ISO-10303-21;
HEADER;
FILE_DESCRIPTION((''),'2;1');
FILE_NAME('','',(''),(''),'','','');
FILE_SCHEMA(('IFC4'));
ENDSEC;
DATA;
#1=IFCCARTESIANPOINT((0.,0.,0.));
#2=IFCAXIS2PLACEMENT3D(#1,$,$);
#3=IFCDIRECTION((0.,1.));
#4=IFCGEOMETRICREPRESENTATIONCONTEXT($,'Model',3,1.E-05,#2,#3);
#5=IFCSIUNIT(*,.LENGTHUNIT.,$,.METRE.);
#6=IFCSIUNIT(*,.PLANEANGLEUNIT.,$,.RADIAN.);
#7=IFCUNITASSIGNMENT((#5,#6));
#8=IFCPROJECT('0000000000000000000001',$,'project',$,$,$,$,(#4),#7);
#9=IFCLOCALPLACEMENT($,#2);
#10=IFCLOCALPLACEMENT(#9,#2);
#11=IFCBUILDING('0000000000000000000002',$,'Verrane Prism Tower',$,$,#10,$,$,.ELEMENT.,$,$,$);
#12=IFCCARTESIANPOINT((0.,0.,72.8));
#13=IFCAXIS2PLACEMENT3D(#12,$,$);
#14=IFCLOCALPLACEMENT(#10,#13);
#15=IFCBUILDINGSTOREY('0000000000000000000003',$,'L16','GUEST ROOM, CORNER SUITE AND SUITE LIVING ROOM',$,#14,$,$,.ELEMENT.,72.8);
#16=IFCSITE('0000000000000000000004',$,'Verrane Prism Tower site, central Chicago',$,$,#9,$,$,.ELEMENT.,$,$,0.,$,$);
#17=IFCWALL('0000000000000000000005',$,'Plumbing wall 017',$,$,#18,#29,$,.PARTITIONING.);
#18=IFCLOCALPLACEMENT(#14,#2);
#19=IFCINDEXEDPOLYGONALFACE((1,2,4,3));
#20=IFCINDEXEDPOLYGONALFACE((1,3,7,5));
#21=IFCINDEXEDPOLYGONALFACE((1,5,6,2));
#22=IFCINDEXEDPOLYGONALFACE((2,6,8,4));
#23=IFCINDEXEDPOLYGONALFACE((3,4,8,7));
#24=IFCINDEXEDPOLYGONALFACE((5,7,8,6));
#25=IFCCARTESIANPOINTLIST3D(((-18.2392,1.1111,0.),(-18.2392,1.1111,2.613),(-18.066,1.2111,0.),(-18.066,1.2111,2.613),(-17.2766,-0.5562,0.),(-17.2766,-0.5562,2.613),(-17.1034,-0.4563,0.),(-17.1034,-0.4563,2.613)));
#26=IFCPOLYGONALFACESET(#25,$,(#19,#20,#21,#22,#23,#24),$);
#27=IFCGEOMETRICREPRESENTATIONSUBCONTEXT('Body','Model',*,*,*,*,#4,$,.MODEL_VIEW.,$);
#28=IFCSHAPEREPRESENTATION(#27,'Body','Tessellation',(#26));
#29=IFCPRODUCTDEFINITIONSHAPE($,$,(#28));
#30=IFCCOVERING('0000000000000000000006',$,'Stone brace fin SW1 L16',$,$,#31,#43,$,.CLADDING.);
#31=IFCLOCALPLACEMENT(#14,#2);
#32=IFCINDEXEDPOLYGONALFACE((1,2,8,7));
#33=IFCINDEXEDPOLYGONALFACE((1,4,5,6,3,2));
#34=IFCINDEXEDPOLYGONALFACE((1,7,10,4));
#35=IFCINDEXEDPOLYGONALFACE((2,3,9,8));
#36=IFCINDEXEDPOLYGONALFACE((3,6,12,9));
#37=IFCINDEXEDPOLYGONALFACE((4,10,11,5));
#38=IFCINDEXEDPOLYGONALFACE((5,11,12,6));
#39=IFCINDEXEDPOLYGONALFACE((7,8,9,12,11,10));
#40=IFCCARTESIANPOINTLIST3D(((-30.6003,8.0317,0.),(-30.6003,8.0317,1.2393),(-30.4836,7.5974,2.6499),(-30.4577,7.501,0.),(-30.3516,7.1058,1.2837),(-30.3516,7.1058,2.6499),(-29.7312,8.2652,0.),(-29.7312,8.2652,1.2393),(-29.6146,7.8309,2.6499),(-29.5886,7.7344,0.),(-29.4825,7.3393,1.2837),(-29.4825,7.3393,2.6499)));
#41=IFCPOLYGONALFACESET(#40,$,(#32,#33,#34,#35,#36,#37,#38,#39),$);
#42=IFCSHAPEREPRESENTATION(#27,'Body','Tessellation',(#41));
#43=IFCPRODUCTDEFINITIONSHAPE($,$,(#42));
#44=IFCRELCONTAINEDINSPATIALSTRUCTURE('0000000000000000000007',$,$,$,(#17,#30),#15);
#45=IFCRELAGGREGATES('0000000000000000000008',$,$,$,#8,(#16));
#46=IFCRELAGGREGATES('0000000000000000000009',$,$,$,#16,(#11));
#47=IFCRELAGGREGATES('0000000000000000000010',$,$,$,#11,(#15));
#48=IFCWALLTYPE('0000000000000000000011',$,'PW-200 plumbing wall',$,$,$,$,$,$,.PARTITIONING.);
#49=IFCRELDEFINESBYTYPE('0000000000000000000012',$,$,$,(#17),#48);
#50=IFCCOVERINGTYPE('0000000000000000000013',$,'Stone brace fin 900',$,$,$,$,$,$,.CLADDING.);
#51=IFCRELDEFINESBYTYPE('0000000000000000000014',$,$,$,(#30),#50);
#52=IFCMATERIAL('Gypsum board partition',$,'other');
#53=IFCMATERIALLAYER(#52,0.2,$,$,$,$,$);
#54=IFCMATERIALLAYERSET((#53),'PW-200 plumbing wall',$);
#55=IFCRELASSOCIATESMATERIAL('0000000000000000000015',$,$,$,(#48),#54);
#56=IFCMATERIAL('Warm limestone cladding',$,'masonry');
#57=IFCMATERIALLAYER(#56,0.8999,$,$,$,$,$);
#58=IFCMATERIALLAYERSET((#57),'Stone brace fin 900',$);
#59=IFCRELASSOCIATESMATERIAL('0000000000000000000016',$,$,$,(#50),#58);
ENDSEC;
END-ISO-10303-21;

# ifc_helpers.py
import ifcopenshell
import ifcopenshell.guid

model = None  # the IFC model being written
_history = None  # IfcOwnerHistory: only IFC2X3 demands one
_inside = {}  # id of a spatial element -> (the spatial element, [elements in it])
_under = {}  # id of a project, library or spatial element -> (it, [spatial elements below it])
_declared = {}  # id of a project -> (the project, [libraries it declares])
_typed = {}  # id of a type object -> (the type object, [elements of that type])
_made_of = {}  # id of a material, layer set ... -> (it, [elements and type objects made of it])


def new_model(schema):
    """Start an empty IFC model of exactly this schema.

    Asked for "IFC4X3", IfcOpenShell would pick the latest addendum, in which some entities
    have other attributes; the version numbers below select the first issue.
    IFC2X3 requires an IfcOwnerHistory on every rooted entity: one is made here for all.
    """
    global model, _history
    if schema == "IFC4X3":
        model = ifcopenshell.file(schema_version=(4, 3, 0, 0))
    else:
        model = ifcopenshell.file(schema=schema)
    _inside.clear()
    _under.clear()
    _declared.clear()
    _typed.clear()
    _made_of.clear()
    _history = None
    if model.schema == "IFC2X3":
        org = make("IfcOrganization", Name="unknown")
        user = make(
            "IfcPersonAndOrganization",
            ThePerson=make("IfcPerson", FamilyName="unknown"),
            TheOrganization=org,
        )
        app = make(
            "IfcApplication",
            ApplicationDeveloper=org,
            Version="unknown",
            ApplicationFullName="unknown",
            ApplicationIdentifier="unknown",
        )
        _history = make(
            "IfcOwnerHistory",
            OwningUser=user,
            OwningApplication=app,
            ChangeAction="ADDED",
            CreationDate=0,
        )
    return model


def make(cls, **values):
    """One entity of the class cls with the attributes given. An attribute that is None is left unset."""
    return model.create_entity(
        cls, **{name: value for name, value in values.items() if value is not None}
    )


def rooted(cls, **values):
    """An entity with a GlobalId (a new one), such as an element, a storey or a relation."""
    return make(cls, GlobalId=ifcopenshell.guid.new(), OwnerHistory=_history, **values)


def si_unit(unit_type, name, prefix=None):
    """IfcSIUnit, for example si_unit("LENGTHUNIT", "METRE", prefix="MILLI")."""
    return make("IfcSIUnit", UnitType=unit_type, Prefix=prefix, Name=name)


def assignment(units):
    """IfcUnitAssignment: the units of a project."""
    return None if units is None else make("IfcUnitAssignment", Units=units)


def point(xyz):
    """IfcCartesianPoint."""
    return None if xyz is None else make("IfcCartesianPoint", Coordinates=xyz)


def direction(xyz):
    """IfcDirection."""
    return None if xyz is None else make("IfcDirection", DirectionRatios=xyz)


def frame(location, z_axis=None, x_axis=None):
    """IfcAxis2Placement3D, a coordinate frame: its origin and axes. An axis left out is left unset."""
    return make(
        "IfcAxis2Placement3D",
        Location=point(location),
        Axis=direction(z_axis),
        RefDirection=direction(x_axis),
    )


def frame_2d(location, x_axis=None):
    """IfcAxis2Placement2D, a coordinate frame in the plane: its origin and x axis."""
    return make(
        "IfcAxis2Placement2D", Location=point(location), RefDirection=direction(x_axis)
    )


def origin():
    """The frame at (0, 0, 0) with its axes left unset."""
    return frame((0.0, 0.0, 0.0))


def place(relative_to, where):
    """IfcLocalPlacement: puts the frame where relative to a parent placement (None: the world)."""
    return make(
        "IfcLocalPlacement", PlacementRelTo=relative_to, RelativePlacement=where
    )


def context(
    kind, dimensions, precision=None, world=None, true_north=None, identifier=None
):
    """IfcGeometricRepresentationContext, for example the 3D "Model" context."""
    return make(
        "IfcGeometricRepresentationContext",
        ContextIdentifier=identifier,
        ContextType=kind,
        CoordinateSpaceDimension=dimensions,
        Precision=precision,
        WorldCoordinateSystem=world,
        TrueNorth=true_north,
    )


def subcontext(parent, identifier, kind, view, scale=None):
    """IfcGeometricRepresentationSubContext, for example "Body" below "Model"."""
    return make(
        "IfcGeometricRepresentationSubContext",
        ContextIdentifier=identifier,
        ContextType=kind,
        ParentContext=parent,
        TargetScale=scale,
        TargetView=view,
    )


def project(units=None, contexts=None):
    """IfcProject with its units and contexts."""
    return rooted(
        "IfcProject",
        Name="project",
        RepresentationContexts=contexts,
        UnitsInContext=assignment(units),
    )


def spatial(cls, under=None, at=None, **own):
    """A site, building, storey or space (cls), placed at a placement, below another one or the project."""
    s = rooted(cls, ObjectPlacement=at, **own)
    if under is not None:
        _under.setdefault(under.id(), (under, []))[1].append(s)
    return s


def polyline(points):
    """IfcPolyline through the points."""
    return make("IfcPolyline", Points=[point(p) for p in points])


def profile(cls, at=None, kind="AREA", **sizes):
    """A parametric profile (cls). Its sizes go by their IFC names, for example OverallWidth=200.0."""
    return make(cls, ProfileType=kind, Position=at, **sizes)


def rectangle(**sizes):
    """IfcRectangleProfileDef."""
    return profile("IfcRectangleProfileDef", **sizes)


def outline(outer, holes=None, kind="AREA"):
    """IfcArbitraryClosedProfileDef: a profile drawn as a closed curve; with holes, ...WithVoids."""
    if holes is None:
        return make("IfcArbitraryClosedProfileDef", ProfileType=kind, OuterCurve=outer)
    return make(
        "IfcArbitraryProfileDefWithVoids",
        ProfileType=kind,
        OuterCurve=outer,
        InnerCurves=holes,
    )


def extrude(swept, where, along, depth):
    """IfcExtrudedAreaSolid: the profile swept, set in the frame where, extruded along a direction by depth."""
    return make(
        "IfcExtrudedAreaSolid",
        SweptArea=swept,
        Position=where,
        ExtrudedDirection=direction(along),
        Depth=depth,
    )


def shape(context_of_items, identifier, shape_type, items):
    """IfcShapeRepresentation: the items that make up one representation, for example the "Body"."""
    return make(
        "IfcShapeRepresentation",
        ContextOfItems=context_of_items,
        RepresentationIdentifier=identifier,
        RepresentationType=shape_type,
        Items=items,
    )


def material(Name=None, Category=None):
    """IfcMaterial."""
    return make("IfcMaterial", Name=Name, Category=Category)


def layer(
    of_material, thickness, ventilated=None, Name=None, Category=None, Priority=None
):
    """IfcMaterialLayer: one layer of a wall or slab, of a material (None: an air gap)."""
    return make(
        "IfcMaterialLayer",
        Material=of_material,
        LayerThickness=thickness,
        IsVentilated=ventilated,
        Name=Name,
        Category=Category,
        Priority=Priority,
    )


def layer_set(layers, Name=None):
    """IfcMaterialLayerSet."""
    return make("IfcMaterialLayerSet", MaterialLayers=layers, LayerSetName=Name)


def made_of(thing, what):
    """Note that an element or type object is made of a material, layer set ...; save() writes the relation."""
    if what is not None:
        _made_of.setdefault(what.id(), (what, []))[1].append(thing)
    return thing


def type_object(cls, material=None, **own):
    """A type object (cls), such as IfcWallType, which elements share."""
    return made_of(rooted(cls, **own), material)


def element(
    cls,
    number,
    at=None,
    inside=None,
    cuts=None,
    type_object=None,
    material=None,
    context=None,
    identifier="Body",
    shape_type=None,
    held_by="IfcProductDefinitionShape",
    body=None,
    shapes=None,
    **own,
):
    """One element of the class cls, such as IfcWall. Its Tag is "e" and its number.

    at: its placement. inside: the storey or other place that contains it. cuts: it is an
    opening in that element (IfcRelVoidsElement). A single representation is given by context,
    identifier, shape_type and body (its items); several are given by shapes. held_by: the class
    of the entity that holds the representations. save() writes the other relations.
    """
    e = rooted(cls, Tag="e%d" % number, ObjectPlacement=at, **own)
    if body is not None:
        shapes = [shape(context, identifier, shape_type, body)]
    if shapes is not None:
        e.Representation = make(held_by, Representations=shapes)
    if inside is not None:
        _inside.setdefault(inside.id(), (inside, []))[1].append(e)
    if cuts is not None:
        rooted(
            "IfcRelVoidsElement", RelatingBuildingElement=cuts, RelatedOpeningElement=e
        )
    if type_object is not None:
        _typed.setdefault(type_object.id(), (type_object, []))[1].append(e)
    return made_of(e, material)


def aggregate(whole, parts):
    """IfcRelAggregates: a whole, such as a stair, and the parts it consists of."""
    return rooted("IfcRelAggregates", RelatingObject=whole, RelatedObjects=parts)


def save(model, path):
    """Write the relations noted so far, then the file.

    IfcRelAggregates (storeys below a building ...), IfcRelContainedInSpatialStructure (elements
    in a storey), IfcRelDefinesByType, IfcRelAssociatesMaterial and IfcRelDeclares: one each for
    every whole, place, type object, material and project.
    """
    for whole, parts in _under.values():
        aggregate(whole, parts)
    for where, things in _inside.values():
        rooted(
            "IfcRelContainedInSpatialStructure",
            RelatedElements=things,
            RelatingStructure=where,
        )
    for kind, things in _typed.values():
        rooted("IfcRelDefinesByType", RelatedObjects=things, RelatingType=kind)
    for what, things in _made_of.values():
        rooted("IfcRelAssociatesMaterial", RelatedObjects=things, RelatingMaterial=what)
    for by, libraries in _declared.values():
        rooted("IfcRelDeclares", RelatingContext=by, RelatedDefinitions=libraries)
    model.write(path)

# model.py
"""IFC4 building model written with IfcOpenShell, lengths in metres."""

from ifc_helpers import new_model, si_unit, direction, frame, frame_2d, origin, place, context, subcontext, project, spatial, polyline, rectangle, outline, extrude, material, layer, layer_set, type_object, element, save


model = new_model("IFC4")

# Units and contexts
model_context = context("Model", 3, precision=1e-05, world=origin(), true_north=direction((0.0, 1.0)))
body_context = subcontext(model_context, "Body", "Model", "MODEL_VIEW")
ifc_project = project(units=[si_unit("LENGTHUNIT", "METRE"), si_unit("PLANEANGLEUNIT", "RADIAN")], contexts=[model_context])

# Site, building, storey
site_placement = place(None, origin())
site = spatial("IfcSite", under=ifc_project, at=site_placement, Name="Verrane Prism Tower site, central Chicago", CompositionType="ELEMENT", RefElevation=0.0)
building_placement = place(site_placement, origin())
building = spatial("IfcBuilding", under=site, at=building_placement, Name="Verrane Prism Tower", CompositionType="ELEMENT")
storey_placement = place(building_placement, frame((0.0, 0.0, 72.8)))
storey = spatial("IfcBuildingStorey", under=building, at=storey_placement, Name="L16", Description="GUEST ROOM, CORNER SUITE AND SUITE LIVING ROOM", CompositionType="ELEMENT", Elevation=72.8)

# Shared definitions
ifc_material_1 = material(Name="Gypsum board partition", Category="other")
ifc_layer_1 = layer(ifc_material_1, 0.2)
ifc_layer_set_1 = layer_set([ifc_layer_1], Name="PW-200 plumbing wall")
wall_type_1 = type_object("IfcWallType", Name="PW-200 plumbing wall", PredefinedType="PARTITIONING", material=ifc_layer_set_1)

# Wall
wall_1_placement = place(storey_placement, frame((-18.1526, 1.1611, 0.0), z_axis=(0.0, 0.0, 1.0), x_axis=(0.499971, -0.866042, 0.0)))
element("IfcWall", 1, at=wall_1_placement, inside=storey, type_object=wall_type_1, Name="Plumbing wall 017", PredefinedType="PARTITIONING", context=body_context, shape_type="SweptSolid", body=[
    extrude(rectangle(XDim=1.9253, YDim=0.2, at=frame_2d((0.9626, 0.0))), origin(), (0.0, 0.0, 1.0), 2.613),
])

# Covering
ifc_material_2 = material(Name="Warm limestone cladding", Category="masonry")
ifc_layer_2 = layer(ifc_material_2, 0.8999)
ifc_layer_set_2 = layer_set([ifc_layer_2], Name="Stone brace fin 900")
covering_type = type_object("IfcCoveringType", Name="Stone brace fin 900", PredefinedType="CLADDING", material=ifc_layer_set_2)
covering_placement = place(storey_placement, frame((-30.1658, 8.1484, 0.0), z_axis=(0.0, 0.0, 1.0), x_axis=(0.259453, -0.965756, 0.0)))
element("IfcCovering", 2, at=covering_placement, inside=storey, type_object=covering_type, Name="Stone brace fin SW1 L16", PredefinedType="CLADDING", context=body_context, shape_type="SweptSolid", body=[
    extrude(outline(polyline([(0.9587, 2.6499), (0.4497, 2.6499), (0.0, 1.2393), (0.0, 0.0), (0.5496, 0.0), (0.9587, 1.2837), (0.9587, 2.6499)])), frame((0.0, 0.45, 0.0), z_axis=(0.0, -1.0, 0.0), x_axis=(1.0, 0.0, 0.0)), (0.0, 0.0, 1.0), 0.8999),
])

save(model, "model.ifc")
